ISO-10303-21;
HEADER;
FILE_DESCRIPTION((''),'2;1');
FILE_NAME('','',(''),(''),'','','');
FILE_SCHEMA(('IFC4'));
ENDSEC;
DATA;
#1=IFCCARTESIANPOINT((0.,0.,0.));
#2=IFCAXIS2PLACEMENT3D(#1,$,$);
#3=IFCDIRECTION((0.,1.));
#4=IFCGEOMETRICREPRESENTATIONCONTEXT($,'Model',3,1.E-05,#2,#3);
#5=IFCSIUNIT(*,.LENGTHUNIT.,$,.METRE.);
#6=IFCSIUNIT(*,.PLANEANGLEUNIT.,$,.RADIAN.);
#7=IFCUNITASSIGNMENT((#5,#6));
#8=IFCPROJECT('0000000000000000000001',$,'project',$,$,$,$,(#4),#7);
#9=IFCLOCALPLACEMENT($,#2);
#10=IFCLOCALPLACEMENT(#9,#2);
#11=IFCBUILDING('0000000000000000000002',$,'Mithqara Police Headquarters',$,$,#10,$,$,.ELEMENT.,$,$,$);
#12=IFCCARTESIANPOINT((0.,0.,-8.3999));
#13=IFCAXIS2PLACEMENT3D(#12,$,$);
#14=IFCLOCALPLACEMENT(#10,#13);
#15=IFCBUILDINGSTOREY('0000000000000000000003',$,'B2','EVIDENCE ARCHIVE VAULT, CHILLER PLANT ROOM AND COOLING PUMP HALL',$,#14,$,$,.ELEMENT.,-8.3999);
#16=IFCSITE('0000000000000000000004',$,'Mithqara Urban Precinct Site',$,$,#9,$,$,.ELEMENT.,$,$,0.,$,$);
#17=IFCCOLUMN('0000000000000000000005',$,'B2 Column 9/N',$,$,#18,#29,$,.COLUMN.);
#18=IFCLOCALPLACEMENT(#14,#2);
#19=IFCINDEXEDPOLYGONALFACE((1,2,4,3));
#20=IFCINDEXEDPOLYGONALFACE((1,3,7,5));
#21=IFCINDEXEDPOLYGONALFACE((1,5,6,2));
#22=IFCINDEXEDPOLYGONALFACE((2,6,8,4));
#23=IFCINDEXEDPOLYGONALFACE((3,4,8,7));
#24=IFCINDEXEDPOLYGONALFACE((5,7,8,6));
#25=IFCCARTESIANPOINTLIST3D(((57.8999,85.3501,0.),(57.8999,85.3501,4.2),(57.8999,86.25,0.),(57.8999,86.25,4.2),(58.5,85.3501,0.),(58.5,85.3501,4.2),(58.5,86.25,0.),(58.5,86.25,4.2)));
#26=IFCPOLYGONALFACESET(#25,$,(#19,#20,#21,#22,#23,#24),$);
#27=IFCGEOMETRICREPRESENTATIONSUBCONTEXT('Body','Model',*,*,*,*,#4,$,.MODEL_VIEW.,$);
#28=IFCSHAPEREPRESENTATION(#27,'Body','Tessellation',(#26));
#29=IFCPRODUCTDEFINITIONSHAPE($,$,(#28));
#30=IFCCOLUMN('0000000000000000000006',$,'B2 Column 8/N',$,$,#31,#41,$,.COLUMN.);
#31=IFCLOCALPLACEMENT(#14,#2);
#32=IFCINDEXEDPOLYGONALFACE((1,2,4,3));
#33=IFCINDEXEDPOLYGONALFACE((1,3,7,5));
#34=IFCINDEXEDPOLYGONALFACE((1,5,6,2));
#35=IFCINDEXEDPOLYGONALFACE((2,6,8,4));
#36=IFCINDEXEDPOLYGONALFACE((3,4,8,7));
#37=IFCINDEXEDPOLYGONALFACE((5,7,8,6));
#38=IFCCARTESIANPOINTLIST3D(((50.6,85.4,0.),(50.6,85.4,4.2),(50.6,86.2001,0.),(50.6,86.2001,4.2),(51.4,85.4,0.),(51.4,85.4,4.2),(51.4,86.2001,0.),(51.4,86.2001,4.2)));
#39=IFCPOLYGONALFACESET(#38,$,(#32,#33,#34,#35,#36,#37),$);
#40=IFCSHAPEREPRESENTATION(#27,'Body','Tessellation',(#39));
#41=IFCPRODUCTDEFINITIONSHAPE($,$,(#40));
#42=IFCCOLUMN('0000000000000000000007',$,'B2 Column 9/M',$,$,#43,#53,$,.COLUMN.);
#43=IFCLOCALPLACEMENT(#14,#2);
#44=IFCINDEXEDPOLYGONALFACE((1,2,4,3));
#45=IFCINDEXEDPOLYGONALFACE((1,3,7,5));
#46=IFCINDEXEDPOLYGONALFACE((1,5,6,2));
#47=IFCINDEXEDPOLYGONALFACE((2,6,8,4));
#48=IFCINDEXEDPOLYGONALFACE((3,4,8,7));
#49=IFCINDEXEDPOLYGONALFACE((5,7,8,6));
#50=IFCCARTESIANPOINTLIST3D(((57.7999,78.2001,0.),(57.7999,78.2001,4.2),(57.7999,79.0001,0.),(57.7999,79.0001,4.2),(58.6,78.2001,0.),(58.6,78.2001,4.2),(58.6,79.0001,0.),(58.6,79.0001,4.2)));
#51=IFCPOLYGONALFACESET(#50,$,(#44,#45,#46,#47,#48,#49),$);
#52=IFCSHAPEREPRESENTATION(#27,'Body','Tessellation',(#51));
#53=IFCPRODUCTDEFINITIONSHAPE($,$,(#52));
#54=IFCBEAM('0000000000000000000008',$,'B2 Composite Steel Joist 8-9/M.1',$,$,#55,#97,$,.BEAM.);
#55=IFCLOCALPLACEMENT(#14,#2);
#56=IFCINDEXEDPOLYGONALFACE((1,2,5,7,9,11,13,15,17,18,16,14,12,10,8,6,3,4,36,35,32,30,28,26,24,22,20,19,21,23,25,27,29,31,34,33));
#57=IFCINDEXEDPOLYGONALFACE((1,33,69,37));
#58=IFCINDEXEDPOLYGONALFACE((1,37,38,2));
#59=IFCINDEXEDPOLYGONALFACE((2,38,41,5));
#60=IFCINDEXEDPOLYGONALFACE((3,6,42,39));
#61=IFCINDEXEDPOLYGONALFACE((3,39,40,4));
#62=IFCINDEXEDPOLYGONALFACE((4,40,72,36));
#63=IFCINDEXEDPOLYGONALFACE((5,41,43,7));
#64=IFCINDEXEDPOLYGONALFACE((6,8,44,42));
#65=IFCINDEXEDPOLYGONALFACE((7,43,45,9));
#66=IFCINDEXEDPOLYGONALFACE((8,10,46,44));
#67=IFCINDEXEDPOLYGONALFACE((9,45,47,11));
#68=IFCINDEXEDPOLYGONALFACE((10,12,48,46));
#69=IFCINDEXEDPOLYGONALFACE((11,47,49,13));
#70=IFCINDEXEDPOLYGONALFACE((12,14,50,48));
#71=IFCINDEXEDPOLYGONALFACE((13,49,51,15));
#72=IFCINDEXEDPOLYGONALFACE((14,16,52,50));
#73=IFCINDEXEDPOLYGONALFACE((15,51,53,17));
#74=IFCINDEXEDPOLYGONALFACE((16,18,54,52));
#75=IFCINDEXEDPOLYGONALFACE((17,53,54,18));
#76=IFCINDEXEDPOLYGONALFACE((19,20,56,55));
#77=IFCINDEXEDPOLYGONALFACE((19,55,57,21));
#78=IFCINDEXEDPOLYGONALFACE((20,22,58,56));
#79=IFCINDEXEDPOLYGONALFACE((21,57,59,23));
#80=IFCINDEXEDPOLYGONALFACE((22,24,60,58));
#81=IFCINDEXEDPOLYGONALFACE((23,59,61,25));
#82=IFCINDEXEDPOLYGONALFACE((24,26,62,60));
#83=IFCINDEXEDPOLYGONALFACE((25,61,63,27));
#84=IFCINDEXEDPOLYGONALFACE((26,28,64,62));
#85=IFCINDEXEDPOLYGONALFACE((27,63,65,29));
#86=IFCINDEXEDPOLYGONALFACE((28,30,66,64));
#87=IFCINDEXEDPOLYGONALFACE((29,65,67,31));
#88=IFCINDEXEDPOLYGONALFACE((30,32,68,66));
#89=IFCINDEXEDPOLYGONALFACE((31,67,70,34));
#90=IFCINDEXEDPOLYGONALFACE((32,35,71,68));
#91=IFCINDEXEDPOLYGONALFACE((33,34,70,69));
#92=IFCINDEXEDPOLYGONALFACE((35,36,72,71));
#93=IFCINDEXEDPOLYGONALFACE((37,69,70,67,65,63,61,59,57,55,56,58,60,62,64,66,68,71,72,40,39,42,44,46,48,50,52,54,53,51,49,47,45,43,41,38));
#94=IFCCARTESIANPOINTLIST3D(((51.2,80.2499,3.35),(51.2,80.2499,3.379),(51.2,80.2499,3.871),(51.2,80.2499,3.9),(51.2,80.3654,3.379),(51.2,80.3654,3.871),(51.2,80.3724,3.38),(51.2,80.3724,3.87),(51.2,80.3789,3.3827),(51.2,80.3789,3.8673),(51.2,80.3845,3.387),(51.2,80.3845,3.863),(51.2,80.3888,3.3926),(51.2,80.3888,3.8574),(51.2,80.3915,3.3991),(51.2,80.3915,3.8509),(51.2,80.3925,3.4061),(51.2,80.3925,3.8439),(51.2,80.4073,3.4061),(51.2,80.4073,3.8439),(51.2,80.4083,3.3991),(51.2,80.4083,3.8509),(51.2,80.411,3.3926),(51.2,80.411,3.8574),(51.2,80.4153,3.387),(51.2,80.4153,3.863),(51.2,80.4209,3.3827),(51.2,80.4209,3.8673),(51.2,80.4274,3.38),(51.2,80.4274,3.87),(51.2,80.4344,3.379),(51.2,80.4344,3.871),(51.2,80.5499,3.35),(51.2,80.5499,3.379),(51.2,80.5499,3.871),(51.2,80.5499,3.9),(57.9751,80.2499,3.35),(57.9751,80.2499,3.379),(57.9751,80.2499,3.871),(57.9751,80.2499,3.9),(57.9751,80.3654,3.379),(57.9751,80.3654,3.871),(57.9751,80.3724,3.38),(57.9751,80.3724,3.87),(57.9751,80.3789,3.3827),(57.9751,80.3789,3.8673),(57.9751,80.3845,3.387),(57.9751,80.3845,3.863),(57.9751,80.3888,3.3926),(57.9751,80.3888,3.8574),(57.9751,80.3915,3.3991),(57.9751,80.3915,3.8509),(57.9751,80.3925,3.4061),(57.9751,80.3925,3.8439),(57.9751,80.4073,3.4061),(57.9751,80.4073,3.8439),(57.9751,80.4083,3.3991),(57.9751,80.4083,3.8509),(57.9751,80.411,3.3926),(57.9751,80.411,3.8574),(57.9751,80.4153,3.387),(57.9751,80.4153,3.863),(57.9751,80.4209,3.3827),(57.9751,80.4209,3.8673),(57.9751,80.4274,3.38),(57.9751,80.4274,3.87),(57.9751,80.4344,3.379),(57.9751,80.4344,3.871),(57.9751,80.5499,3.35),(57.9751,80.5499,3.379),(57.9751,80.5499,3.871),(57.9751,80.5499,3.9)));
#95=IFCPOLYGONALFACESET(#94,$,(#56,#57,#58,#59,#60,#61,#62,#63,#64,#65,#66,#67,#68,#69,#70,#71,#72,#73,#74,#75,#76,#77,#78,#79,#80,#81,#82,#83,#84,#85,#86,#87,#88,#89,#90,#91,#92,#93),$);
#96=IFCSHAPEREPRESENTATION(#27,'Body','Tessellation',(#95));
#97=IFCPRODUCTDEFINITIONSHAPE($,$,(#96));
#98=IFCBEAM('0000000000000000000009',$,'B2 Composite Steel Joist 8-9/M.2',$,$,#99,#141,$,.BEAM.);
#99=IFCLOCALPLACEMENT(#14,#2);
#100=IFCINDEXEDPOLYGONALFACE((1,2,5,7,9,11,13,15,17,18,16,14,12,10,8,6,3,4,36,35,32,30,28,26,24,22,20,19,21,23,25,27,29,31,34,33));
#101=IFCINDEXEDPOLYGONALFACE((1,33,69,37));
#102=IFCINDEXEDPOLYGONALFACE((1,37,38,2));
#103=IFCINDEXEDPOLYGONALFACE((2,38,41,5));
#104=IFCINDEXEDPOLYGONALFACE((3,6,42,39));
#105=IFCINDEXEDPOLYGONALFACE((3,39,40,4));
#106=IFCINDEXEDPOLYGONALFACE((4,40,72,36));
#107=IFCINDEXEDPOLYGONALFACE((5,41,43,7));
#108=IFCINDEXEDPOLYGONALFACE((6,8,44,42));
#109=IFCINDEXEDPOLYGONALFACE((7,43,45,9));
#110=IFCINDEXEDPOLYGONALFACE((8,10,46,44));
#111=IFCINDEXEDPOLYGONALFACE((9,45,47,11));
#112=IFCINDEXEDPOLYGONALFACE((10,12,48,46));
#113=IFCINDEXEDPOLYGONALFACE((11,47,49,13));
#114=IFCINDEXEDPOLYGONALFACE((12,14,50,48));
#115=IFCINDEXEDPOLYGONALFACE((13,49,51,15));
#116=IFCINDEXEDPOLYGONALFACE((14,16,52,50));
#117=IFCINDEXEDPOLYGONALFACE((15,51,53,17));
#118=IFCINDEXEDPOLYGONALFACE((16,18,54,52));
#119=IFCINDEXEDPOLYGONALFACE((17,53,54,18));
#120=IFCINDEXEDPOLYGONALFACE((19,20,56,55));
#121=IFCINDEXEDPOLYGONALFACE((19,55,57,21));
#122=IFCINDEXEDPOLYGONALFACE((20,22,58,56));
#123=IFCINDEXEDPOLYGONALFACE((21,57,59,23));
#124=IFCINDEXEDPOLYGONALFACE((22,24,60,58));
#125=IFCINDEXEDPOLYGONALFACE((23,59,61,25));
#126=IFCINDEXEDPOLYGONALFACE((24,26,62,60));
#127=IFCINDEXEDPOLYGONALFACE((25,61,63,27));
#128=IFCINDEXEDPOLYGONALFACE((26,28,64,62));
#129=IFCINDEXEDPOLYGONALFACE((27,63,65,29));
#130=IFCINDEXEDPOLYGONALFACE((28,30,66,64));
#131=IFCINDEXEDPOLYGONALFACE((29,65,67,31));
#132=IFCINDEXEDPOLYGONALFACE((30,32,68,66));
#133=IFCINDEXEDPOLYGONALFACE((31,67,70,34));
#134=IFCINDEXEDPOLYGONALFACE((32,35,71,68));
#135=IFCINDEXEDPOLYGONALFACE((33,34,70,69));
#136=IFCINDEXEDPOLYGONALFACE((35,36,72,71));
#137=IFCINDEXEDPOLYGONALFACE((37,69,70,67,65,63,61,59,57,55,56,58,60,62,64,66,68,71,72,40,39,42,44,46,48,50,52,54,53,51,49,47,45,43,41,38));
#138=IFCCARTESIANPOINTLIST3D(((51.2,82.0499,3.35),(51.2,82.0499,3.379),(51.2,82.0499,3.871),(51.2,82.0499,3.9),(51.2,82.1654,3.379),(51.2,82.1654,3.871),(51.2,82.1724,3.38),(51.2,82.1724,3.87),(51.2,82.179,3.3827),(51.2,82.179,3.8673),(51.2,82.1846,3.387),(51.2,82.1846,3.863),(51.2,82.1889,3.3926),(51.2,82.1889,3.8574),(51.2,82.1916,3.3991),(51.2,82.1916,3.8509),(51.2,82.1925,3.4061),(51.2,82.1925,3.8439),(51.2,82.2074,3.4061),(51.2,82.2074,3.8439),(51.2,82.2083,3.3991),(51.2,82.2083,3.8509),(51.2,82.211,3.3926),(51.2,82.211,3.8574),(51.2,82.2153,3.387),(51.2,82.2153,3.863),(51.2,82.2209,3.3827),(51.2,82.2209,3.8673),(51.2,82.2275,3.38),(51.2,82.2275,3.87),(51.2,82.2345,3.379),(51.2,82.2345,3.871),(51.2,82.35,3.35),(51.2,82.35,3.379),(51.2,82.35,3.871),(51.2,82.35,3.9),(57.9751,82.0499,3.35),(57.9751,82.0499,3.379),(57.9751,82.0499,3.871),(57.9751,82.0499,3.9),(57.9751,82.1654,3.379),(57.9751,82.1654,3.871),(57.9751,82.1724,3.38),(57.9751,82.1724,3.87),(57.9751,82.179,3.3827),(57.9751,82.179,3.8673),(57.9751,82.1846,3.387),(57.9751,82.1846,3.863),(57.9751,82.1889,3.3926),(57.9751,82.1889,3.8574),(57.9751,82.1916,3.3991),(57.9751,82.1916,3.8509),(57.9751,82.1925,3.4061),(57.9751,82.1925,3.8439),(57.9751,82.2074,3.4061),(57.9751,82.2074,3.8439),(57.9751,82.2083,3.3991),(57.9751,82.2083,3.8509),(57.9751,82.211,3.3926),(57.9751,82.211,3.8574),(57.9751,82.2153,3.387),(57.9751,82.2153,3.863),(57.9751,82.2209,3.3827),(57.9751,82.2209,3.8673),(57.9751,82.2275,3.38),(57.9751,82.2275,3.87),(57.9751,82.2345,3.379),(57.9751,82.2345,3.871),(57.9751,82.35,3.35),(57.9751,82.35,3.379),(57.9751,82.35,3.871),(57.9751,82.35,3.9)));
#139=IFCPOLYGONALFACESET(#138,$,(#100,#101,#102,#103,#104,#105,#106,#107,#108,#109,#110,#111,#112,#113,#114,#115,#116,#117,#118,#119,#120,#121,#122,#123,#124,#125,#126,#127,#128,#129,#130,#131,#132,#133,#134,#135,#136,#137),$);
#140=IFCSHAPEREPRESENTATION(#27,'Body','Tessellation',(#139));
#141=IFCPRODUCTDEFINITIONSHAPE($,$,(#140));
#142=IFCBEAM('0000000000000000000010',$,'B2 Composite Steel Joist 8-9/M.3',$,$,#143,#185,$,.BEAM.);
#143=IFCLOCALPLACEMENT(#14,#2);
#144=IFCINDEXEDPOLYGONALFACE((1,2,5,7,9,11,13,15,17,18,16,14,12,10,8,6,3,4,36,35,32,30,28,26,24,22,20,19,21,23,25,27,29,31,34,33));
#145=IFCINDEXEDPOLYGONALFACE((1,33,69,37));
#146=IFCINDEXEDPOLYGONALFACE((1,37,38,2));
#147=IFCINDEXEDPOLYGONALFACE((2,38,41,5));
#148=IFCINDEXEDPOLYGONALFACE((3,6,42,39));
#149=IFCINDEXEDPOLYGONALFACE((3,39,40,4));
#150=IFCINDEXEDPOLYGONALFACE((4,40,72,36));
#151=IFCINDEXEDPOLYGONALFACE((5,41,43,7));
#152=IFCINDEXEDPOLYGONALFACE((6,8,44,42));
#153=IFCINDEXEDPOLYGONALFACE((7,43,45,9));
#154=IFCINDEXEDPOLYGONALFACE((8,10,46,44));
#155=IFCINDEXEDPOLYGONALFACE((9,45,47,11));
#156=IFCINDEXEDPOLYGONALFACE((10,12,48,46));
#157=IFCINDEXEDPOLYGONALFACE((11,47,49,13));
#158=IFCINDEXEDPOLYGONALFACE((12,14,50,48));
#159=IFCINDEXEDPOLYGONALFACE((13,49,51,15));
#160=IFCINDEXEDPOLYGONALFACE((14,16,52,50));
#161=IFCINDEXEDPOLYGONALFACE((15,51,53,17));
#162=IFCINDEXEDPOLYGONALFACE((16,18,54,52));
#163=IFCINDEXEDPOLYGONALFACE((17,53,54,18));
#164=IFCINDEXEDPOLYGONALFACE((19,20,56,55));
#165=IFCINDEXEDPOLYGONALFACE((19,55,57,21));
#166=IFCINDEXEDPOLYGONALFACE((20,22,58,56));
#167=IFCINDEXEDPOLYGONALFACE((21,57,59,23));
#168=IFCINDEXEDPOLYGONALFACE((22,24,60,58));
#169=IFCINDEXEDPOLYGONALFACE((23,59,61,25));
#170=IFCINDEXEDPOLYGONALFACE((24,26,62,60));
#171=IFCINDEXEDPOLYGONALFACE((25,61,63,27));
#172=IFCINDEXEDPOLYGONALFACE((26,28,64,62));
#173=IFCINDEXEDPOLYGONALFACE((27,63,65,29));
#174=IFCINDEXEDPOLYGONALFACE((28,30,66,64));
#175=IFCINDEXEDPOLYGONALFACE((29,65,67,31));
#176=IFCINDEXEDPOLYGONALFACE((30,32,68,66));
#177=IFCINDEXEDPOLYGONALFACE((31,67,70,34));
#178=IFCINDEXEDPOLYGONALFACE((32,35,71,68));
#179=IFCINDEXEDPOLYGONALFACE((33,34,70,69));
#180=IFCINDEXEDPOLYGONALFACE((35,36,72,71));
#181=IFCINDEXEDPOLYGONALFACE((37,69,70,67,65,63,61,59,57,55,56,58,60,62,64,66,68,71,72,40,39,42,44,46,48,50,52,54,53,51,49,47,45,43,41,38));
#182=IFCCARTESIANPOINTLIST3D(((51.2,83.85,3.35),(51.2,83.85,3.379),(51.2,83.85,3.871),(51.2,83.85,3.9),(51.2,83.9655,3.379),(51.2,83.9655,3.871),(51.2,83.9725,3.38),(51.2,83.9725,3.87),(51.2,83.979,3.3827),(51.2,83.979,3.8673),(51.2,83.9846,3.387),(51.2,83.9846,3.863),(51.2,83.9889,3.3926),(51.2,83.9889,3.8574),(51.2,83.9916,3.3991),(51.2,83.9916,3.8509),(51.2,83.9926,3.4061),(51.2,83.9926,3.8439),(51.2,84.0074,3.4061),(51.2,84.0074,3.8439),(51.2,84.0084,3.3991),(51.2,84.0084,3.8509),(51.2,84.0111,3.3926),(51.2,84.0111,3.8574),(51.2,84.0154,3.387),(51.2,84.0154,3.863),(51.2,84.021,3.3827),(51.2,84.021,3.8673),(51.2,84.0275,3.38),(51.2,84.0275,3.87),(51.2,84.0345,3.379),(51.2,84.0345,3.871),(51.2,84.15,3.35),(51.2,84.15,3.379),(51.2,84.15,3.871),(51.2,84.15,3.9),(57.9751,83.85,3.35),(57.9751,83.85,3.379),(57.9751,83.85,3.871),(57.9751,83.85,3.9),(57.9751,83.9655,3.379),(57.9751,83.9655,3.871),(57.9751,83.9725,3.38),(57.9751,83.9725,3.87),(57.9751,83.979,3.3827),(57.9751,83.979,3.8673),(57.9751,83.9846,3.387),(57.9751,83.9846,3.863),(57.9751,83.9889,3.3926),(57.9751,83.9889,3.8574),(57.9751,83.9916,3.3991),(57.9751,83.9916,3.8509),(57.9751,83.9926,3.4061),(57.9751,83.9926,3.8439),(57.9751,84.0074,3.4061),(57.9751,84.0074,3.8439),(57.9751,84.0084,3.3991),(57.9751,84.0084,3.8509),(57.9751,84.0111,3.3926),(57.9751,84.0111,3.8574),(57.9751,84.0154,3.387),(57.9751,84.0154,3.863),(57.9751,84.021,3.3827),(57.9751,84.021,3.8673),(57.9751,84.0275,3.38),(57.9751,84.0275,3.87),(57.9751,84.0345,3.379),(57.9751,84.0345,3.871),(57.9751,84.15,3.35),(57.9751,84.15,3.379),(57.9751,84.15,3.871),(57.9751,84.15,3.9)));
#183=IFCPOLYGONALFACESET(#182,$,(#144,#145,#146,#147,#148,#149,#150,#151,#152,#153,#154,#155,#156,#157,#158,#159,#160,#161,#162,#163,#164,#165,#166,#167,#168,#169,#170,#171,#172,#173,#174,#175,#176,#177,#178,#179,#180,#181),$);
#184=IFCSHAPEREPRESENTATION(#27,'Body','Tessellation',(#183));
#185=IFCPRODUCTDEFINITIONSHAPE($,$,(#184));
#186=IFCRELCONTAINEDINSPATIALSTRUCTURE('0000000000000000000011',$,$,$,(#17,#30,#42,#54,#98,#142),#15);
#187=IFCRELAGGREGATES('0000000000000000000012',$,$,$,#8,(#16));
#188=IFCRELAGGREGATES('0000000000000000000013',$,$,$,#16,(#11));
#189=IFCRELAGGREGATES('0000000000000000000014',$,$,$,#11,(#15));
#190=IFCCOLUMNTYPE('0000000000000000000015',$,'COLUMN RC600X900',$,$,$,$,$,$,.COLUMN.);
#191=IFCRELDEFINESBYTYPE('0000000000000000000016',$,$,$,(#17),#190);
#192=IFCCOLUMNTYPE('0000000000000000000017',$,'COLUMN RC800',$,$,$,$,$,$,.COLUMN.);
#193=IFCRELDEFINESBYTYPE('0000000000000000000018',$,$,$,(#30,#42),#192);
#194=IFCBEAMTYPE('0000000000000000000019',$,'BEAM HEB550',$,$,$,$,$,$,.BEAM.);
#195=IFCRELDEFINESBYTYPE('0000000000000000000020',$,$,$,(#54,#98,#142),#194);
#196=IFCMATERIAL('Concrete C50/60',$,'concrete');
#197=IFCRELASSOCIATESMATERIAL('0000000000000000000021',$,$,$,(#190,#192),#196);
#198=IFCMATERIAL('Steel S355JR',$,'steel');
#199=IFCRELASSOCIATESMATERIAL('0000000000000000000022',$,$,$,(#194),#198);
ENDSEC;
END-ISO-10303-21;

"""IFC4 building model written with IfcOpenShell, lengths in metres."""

from ifc_helpers import new_model, si_unit, direction, frame, origin, origin_2d, place, context, subcontext, project, spatial, rectangle, i_section, extrude, material, material_profile, profile_set, type_object, element, save


model = new_model("IFC4")

# Units and contexts
model_context = context("Model", 3, precision=1e-05, world=origin(), true_north=direction((0.0, 1.0)))
body_context = subcontext(model_context, "Body", "Model", "MODEL_VIEW")
ifc_project = project(units=[si_unit("LENGTHUNIT", "METRE"), si_unit("PLANEANGLEUNIT", "RADIAN")], contexts=[model_context])

# Site, building, storey
site_placement = place(None, origin())
site = spatial("IfcSite", under=ifc_project, at=site_placement, Name="Mithqara Urban Precinct Site", CompositionType="ELEMENT", RefElevation=0.0)
building_placement = place(site_placement, origin())
building = spatial("IfcBuilding", under=site, at=building_placement, Name="Mithqara Police Headquarters", CompositionType="ELEMENT")
storey_placement = place(building_placement, frame((0.0, 0.0, -8.3999)))
storey = spatial("IfcBuildingStorey", under=building, at=storey_placement, Name="B2", Description="EVIDENCE ARCHIVE VAULT, CHILLER PLANT ROOM AND COOLING PUMP HALL", CompositionType="ELEMENT", Elevation=-8.3999)

# Columns
ifc_material_1 = material(Name="Concrete C50/60", Category="concrete")
ifc_material_profile_1 = material_profile(ifc_material_1, rectangle(XDim=0.6001, YDim=0.8999, at=origin_2d()), Name="RC 600x900")
ifc_profile_set_1 = profile_set([ifc_material_profile_1], Name="Concrete C50/60")
column_type_1 = type_object("IfcColumnType", Name="COLUMN RC600X900", PredefinedType="COLUMN", material=ifc_profile_set_1)
column_placement = place(storey_placement, frame((58.2, 85.8, 0.0), z_axis=(0.0, 0.0, 1.0), x_axis=(1.0, 0.0, 0.0)))
element("IfcColumn", 1, at=column_placement, inside=storey, type_object=column_type_1, Name="B2 Column 9/N", PredefinedType="COLUMN", context=body_context, shape_type="SweptSolid", body=[
    extrude(rectangle(XDim=0.6001, YDim=0.8999, at=origin_2d()), origin(), (0.0, 0.0, 1.0), 4.2),
])
ifc_material_profile_2 = material_profile(ifc_material_1, rectangle(XDim=0.8, YDim=0.8, at=origin_2d()), Name="RC 800x800")
ifc_profile_set_2 = profile_set([ifc_material_profile_2], Name="Concrete C50/60")
column_type_2 = type_object("IfcColumnType", Name="COLUMN RC800", PredefinedType="COLUMN", material=ifc_profile_set_2)
for number, where, z_axis, x_axis, name in (
    (2, (51.0, 85.8, 0.0), (0.0, 0.0, 1.0), (1.0, 0.0, 0.0), "B2 Column 8/N"),
    (3, (58.2, 78.6001, 0.0), (0.0, 0.0, 1.0), (1.0, 0.0, 0.0), "B2 Column 9/M"),
):
    element("IfcColumn", number, at=place(storey_placement, frame(where, z_axis=z_axis, x_axis=x_axis)), inside=storey, type_object=column_type_2, Name=name, PredefinedType="COLUMN", context=body_context, shape_type="SweptSolid", body=[
        extrude(rectangle(XDim=0.8, YDim=0.8, at=origin_2d()), origin(), (0.0, 0.0, 1.0), 4.2),
    ])

# Beams
ifc_material_2 = material(Name="Steel S355JR", Category="steel")
ifc_material_profile_3 = material_profile(ifc_material_2, i_section(OverallWidth=0.3, OverallDepth=0.55, WebThickness=0.0149, FlangeThickness=0.0291, FilletRadius=0.0271, at=origin_2d()), Name="HEB 550")
ifc_profile_set_3 = profile_set([ifc_material_profile_3], Name="Steel S355JR")
beam_type_1 = type_object("IfcBeamType", Name="BEAM HEB550", PredefinedType="BEAM", material=ifc_profile_set_3)
for number, where, z_axis, x_axis, name in (
    (4, (51.2, 80.3999, 3.625), (1.0, 0.0, 0.0), (0.0, 1.0, 0.0), "B2 Composite Steel Joist 8-9/M.1"),
    (5, (51.2, 82.2, 3.625), (1.0, 0.0, 0.0), (0.0, 1.0, 0.0), "B2 Composite Steel Joist 8-9/M.2"),
    (6, (51.2, 84.0, 3.625), (1.0, 0.0, 0.0), (0.0, 1.0, 0.0), "B2 Composite Steel Joist 8-9/M.3"),
):
    element("IfcBeam", number, at=place(storey_placement, frame(where, z_axis=z_axis, x_axis=x_axis)), inside=storey, type_object=beam_type_1, Name=name, PredefinedType="BEAM", context=body_context, shape_type="SweptSolid", body=[
        extrude(i_section(OverallWidth=0.3, OverallDepth=0.55, WebThickness=0.0149, FlangeThickness=0.0291, FilletRadius=0.0271, at=origin_2d()), origin(), (0.0, 0.0, 1.0), 6.7751),
    ])

save(model, "model.ifc")
